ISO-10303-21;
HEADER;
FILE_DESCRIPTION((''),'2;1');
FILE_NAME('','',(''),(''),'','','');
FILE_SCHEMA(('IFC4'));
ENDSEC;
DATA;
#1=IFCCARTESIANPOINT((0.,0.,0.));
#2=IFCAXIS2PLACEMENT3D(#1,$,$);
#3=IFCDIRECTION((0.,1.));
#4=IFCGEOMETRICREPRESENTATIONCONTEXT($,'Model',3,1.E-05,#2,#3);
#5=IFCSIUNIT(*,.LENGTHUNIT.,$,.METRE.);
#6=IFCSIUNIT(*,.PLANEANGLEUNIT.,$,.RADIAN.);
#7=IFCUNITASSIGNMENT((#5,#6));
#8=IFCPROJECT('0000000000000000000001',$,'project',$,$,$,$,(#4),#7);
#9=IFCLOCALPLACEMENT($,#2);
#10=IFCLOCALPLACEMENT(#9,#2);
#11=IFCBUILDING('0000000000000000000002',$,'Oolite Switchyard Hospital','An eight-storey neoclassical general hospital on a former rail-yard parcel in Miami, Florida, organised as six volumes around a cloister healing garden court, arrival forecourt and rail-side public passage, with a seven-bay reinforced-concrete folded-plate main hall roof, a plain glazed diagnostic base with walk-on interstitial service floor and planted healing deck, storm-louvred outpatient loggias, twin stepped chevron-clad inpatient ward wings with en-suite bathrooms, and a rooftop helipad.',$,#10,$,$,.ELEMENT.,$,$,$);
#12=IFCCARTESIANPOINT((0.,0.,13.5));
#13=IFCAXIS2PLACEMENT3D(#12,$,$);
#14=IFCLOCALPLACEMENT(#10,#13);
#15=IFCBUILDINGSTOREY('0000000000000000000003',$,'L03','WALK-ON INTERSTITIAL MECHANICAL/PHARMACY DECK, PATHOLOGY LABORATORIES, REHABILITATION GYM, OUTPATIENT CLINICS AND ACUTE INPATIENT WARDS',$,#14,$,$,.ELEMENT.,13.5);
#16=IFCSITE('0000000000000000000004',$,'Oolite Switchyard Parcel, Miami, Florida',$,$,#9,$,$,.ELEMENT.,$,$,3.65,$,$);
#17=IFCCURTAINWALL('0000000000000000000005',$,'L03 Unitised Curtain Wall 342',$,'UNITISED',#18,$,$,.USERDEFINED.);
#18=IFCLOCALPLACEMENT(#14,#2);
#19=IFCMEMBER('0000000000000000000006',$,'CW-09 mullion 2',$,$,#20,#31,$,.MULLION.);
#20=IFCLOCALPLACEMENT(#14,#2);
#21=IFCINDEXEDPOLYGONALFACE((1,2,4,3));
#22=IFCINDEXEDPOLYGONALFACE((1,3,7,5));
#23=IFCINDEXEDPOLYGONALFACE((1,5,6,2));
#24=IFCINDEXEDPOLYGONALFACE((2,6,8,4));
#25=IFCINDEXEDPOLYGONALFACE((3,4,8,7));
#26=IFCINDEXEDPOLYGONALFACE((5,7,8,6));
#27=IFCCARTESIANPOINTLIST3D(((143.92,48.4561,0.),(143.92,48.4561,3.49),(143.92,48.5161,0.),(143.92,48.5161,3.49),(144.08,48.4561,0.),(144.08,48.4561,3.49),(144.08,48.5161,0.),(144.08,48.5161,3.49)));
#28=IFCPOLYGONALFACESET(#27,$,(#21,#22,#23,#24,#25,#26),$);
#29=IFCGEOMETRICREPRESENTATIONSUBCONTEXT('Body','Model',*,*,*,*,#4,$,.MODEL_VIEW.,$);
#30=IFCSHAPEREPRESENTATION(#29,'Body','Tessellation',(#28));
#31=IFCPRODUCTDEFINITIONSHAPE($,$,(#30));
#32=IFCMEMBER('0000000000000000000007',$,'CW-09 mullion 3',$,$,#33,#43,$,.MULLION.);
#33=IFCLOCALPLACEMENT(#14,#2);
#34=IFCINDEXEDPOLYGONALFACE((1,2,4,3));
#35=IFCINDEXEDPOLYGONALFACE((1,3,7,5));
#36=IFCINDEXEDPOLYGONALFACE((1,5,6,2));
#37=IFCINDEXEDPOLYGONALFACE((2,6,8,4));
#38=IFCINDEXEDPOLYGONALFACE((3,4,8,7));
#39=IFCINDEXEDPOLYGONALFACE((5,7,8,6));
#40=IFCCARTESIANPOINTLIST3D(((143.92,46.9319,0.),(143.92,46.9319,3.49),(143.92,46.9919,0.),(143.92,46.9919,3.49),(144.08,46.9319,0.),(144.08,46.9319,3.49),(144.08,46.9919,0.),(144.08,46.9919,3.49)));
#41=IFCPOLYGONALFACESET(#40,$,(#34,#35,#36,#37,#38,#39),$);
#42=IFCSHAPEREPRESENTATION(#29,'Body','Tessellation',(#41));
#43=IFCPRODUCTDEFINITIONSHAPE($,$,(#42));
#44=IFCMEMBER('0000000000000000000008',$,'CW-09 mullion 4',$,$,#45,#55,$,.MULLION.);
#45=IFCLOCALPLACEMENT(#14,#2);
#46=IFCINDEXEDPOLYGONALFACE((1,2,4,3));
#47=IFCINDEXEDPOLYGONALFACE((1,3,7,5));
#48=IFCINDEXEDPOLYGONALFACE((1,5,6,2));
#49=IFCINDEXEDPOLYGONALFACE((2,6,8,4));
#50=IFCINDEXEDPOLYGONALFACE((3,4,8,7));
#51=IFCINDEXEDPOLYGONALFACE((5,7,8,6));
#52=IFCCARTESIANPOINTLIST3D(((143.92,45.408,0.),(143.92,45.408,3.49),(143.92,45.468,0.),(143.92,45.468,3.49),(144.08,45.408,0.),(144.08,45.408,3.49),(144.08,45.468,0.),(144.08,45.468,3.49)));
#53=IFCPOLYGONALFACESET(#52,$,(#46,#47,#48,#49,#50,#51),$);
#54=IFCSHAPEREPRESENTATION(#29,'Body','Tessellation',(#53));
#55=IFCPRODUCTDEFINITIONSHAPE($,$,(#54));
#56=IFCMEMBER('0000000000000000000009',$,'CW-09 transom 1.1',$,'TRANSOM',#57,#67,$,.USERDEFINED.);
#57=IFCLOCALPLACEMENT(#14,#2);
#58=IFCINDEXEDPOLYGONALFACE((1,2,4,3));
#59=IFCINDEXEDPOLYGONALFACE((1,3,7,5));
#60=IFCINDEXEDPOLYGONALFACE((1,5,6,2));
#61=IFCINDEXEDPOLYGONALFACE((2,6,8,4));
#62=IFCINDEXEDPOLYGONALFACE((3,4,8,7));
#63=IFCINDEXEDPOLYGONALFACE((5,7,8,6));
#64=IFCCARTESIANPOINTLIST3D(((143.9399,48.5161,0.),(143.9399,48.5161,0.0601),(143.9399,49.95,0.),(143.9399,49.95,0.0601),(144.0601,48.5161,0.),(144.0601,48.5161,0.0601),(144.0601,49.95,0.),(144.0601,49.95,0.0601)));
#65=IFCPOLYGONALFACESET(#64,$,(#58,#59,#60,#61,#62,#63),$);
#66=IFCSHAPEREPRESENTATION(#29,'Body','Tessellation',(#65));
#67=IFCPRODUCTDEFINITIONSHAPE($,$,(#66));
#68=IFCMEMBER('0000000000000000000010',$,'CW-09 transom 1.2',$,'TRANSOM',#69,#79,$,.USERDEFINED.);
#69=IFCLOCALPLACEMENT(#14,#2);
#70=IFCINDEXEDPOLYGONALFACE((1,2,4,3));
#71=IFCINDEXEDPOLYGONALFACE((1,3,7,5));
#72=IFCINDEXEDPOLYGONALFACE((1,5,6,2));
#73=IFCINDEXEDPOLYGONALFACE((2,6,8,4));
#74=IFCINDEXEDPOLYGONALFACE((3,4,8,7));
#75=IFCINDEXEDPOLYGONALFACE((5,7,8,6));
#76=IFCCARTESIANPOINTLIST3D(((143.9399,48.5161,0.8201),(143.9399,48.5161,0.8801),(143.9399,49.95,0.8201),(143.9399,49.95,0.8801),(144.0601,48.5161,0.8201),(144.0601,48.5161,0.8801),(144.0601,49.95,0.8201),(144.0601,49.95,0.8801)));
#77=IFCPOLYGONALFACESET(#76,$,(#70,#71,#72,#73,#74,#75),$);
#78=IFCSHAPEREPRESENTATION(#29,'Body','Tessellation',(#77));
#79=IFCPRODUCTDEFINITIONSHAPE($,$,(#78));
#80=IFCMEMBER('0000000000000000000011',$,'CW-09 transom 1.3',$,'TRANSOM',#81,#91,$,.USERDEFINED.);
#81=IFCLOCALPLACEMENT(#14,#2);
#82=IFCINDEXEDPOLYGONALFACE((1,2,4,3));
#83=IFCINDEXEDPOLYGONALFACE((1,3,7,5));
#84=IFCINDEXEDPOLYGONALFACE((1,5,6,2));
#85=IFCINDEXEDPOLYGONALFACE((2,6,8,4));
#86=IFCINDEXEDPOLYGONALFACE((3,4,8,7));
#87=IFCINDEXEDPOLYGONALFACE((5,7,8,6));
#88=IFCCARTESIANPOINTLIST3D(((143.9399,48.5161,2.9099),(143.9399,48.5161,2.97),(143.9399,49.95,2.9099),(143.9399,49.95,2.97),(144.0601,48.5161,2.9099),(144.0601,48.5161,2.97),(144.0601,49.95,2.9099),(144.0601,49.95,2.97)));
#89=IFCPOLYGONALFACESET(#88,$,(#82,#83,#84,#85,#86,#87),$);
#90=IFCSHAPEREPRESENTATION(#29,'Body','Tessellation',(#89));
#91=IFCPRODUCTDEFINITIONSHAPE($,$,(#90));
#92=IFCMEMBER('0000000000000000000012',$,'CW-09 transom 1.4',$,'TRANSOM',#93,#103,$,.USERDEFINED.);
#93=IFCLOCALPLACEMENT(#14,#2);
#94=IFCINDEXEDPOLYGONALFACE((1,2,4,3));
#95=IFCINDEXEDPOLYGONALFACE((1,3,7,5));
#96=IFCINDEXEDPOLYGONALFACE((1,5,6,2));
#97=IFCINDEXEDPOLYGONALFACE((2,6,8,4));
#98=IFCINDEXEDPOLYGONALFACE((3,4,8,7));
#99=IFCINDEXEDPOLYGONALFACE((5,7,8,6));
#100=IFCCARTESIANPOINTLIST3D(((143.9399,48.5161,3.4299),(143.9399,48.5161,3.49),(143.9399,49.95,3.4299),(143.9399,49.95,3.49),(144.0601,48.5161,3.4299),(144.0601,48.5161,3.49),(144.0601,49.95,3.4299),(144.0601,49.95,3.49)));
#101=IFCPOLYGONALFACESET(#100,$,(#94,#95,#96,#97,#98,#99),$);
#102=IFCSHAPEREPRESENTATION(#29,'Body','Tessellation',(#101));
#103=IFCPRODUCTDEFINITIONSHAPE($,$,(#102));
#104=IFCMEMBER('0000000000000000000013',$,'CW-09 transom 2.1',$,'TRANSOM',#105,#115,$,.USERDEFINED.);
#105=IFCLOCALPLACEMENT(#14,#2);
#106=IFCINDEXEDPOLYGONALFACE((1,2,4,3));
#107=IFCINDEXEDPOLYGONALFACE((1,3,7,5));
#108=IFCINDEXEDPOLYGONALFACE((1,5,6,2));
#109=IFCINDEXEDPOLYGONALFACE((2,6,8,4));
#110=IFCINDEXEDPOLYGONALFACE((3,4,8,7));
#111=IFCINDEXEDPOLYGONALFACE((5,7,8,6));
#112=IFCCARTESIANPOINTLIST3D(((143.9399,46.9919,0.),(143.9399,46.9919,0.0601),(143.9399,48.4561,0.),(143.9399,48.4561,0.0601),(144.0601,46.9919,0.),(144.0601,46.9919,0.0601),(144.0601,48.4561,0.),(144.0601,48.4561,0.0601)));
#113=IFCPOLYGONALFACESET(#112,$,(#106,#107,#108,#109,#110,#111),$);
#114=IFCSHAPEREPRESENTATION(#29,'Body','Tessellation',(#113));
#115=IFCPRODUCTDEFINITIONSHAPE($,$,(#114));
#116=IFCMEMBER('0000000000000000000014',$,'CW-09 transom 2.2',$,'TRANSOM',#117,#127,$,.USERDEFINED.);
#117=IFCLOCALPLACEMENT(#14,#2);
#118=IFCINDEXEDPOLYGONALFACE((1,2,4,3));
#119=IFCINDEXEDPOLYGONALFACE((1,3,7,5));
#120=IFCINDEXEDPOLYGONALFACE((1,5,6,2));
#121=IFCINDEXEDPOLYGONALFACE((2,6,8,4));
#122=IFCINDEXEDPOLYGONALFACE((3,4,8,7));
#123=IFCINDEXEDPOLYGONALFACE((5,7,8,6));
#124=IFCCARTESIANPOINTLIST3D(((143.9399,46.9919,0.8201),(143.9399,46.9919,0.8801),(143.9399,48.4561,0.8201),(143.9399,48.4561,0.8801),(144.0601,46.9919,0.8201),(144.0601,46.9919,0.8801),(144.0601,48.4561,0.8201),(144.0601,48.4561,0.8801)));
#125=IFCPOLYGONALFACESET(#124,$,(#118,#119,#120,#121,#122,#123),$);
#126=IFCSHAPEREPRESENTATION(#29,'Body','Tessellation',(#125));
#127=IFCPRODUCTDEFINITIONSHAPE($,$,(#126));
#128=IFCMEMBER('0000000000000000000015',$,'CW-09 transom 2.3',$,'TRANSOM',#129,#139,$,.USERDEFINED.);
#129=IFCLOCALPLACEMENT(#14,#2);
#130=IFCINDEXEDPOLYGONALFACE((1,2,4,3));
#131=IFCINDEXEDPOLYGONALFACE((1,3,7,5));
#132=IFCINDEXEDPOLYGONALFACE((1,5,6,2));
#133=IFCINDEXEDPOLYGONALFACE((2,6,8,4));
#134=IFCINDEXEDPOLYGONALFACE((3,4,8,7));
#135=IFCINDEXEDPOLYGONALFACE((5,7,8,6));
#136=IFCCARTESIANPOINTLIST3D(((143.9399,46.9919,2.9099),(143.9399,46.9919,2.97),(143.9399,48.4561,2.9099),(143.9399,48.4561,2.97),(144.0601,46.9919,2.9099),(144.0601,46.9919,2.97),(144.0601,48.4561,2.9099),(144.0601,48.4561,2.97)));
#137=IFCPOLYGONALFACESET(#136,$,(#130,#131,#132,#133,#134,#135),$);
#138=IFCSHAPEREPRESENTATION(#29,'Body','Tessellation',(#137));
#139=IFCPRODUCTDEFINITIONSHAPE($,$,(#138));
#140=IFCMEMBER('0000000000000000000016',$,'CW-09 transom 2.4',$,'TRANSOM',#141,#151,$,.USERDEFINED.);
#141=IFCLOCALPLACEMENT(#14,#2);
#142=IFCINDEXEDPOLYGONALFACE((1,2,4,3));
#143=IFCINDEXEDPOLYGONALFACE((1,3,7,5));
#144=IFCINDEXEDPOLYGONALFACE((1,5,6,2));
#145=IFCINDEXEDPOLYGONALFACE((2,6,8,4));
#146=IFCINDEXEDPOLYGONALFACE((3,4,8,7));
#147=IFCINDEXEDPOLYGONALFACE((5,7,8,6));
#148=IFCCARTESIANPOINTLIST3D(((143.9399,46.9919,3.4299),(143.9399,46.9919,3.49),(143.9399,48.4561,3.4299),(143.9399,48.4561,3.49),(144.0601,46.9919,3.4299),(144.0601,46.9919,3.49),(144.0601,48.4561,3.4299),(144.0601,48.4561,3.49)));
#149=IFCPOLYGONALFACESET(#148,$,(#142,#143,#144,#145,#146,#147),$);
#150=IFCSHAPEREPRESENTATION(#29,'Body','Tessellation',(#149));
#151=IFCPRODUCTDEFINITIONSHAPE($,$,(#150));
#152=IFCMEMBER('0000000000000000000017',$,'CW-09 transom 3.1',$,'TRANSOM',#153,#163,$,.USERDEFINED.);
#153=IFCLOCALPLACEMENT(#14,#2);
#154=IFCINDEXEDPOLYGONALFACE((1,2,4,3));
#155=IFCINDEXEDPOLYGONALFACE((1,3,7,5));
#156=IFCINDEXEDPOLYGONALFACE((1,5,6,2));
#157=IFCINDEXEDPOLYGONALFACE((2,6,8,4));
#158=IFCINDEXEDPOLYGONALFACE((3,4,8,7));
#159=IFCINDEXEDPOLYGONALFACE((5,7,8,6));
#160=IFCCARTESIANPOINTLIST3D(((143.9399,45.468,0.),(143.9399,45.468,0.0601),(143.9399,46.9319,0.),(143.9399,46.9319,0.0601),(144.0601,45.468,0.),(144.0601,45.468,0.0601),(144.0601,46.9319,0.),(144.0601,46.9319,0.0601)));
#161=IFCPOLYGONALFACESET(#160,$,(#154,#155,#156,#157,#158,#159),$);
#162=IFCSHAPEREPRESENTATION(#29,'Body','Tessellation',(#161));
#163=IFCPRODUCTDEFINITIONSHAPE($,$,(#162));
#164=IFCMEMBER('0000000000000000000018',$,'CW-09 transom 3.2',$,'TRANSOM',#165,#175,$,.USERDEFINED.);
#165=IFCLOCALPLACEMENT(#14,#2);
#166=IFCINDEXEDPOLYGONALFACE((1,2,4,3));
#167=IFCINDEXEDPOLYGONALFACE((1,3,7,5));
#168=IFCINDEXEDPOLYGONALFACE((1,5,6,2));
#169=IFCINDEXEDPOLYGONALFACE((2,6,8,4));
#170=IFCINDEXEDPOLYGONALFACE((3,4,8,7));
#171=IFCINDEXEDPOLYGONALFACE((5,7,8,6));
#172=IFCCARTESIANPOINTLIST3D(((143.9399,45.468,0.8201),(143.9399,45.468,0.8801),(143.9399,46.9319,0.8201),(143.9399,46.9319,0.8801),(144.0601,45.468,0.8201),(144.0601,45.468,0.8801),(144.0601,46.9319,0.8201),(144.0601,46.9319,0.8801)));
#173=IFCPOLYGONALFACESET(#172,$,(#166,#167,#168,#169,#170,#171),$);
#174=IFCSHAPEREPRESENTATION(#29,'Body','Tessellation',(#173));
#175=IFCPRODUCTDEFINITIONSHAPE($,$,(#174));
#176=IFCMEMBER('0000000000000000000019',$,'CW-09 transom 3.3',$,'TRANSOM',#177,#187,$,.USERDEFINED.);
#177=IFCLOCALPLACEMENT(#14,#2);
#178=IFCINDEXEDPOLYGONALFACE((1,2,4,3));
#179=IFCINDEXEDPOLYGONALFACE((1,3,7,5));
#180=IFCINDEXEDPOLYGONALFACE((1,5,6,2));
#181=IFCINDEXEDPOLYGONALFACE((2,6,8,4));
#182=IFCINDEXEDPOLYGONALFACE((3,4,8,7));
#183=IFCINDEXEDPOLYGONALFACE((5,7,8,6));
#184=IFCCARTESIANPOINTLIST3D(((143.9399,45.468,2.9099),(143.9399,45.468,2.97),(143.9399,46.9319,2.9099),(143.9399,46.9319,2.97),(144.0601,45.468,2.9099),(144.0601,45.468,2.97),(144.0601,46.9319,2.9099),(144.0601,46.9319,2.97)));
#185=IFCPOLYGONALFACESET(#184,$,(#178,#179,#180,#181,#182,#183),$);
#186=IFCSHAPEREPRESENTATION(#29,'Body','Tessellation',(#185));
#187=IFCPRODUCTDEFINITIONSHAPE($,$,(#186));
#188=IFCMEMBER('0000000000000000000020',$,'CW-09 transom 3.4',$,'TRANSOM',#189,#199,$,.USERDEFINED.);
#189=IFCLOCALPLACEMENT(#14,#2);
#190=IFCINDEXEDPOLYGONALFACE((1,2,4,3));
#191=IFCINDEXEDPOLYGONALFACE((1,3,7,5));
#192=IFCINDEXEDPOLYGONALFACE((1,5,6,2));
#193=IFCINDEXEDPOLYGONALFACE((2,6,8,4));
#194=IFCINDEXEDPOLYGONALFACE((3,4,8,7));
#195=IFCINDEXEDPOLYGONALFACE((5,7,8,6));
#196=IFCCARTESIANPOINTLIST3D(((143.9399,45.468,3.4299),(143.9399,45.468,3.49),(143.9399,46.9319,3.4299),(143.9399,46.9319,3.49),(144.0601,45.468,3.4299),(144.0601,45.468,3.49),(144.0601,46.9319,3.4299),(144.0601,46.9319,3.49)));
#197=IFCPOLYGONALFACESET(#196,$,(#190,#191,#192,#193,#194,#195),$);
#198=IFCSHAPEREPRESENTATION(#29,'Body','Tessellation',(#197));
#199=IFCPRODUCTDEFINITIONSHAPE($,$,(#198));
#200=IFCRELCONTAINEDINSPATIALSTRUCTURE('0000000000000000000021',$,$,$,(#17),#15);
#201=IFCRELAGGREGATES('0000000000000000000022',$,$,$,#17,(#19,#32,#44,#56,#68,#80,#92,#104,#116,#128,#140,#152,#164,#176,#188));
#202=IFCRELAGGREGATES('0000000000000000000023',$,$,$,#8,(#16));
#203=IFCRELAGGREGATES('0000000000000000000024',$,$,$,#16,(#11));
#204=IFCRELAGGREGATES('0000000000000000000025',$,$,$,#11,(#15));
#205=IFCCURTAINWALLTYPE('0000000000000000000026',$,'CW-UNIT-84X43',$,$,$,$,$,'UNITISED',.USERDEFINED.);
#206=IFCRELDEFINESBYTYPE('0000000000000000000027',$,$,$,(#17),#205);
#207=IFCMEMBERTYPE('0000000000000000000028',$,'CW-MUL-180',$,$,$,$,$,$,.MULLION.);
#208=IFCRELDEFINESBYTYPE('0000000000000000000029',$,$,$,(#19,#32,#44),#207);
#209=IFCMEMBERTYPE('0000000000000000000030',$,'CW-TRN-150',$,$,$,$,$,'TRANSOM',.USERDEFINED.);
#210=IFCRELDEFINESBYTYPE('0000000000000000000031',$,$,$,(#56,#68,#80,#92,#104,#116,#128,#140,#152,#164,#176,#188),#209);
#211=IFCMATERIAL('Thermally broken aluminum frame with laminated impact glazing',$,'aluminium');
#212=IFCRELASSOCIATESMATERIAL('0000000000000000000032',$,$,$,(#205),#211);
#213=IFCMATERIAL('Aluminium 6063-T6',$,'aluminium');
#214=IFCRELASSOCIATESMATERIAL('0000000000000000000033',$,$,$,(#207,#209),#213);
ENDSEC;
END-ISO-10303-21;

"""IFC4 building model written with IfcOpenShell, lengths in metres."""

from ifc_helpers import new_model, si_unit, direction, frame, origin, origin_2d, place, context, subcontext, project, spatial, rectangle, extrude, material, material_profile, profile_set, type_object, element, aggregate, save


model = new_model("IFC4")

# Units and contexts
model_context = context("Model", 3, precision=1e-05, world=origin(), true_north=direction((0.0, 1.0)))
body_context = subcontext(model_context, "Body", "Model", "MODEL_VIEW")
ifc_project = project(units=[si_unit("LENGTHUNIT", "METRE"), si_unit("PLANEANGLEUNIT", "RADIAN")], contexts=[model_context])

# Site, building, storey
site_placement = place(None, origin())
site = spatial("IfcSite", under=ifc_project, at=site_placement, Name="Oolite Switchyard Parcel, Miami, Florida", CompositionType="ELEMENT", RefElevation=3.65)
building_placement = place(site_placement, origin())
building = spatial("IfcBuilding", under=site, at=building_placement, Name="Oolite Switchyard Hospital", Description="An eight-storey neoclassical general hospital on a former rail-yard parcel in Miami, Florida, organised as six volumes around a cloister healing garden court, arrival forecourt and rail-side public passage, with a seven-bay reinforced-concrete folded-plate main hall roof, a plain glazed diagnostic base with walk-on interstitial service floor and planted healing deck, storm-louvred outpatient loggias, twin stepped chevron-clad inpatient ward wings with en-suite bathrooms, and a rooftop helipad.", CompositionType="ELEMENT")
storey_placement = place(building_placement, frame((0.0, 0.0, 13.5)))
storey = spatial("IfcBuildingStorey", under=building, at=storey_placement, Name="L03", Description="WALK-ON INTERSTITIAL MECHANICAL/PHARMACY DECK, PATHOLOGY LABORATORIES, REHABILITATION GYM, OUTPATIENT CLINICS AND ACUTE INPATIENT WARDS", CompositionType="ELEMENT", Elevation=13.5)

# Curtain wall, members
ifc_material_1 = material(Name="Thermally broken aluminum frame with laminated impact glazing", Category="aluminium")
curtain_wall_type = type_object("IfcCurtainWallType", Name="CW-UNIT-84X43", ElementType="UNITISED", PredefinedType="USERDEFINED", material=ifc_material_1)
curtain_wall_placement = place(storey_placement, origin())
curtain_wall = element("IfcCurtainWall", 1, at=curtain_wall_placement, inside=storey, type_object=curtain_wall_type, Name="L03 Unitised Curtain Wall 342", ObjectType="UNITISED", PredefinedType="USERDEFINED")
ifc_material_2 = material(Name="Aluminium 6063-T6", Category="aluminium")
ifc_material_profile_1 = material_profile(ifc_material_2, rectangle(XDim=0.1599, YDim=0.0601, at=origin_2d()), Name="CWM60X160")
ifc_profile_set_1 = profile_set([ifc_material_profile_1], Name="Aluminium 6063-T6")
member_type_1 = type_object("IfcMemberType", Name="CW-MUL-180", PredefinedType="MULLION", material=ifc_profile_set_1)
member_1_placement = place(storey_placement, frame((144.0, 48.4861, 0.0), z_axis=(0.0, 0.0, 1.0), x_axis=(1.0, 0.0, 0.0)))
member_1 = element("IfcMember", 2, at=member_1_placement, type_object=member_type_1, Name="CW-09 mullion 2", PredefinedType="MULLION", context=body_context, shape_type="SweptSolid", body=[
    extrude(rectangle(XDim=0.1599, YDim=0.0601, at=origin_2d()), origin(), (0.0, 0.0, 1.0), 3.49),
])
member_2_placement = place(storey_placement, frame((144.0, 46.9619, 0.0), z_axis=(0.0, 0.0, 1.0), x_axis=(1.0, 0.0, 0.0)))
member_2 = element("IfcMember", 3, at=member_2_placement, type_object=member_type_1, Name="CW-09 mullion 3", PredefinedType="MULLION", context=body_context, shape_type="SweptSolid", body=[
    extrude(rectangle(XDim=0.1599, YDim=0.0601, at=origin_2d()), origin(), (0.0, 0.0, 1.0), 3.49),
])
member_3_placement = place(storey_placement, frame((144.0, 45.438, 0.0), z_axis=(0.0, 0.0, 1.0), x_axis=(1.0, 0.0, 0.0)))
member_3 = element("IfcMember", 4, at=member_3_placement, type_object=member_type_1, Name="CW-09 mullion 4", PredefinedType="MULLION", context=body_context, shape_type="SweptSolid", body=[
    extrude(rectangle(XDim=0.1599, YDim=0.0601, at=origin_2d()), origin(), (0.0, 0.0, 1.0), 3.49),
])
ifc_material_profile_2 = material_profile(ifc_material_2, rectangle(XDim=0.1201, YDim=0.0601, at=origin_2d()), Name="CWT60X120")
ifc_profile_set_2 = profile_set([ifc_material_profile_2], Name="Aluminium 6063-T6")
member_type_2 = type_object("IfcMemberType", Name="CW-TRN-150", ElementType="TRANSOM", PredefinedType="USERDEFINED", material=ifc_profile_set_2)
member_4_placement = place(storey_placement, frame((144.0, 49.95, 0.03), z_axis=(0.0, -1.0, 0.0), x_axis=(1.0, 0.0, 0.0)))
member_4 = element("IfcMember", 5, at=member_4_placement, type_object=member_type_2, Name="CW-09 transom 1.1", ObjectType="TRANSOM", PredefinedType="USERDEFINED", context=body_context, shape_type="SweptSolid", body=[
    extrude(rectangle(XDim=0.1201, YDim=0.0601, at=origin_2d()), origin(), (0.0, 0.0, 1.0), 1.4338),
])
member_5_placement = place(storey_placement, frame((144.0, 49.95, 0.8501), z_axis=(0.0, -1.0, 0.0), x_axis=(1.0, 0.0, 0.0)))
member_5 = element("IfcMember", 6, at=member_5_placement, type_object=member_type_2, Name="CW-09 transom 1.2", ObjectType="TRANSOM", PredefinedType="USERDEFINED", context=body_context, shape_type="SweptSolid", body=[
    extrude(rectangle(XDim=0.1201, YDim=0.0601, at=origin_2d()), origin(), (0.0, 0.0, 1.0), 1.4338),
])
member_6_placement = place(storey_placement, frame((144.0, 49.95, 2.9399), z_axis=(0.0, -1.0, 0.0), x_axis=(1.0, 0.0, 0.0)))
member_6 = element("IfcMember", 7, at=member_6_placement, type_object=member_type_2, Name="CW-09 transom 1.3", ObjectType="TRANSOM", PredefinedType="USERDEFINED", context=body_context, shape_type="SweptSolid", body=[
    extrude(rectangle(XDim=0.1201, YDim=0.0601, at=origin_2d()), origin(), (0.0, 0.0, 1.0), 1.4338),
])
member_7_placement = place(storey_placement, frame((144.0, 49.95, 3.46), z_axis=(0.0, -1.0, 0.0), x_axis=(1.0, 0.0, 0.0)))
member_7 = element("IfcMember", 8, at=member_7_placement, type_object=member_type_2, Name="CW-09 transom 1.4", ObjectType="TRANSOM", PredefinedType="USERDEFINED", context=body_context, shape_type="SweptSolid", body=[
    extrude(rectangle(XDim=0.1201, YDim=0.0601, at=origin_2d()), origin(), (0.0, 0.0, 1.0), 1.4338),
])
member_8_placement = place(storey_placement, frame((144.0, 48.4561, 0.03), z_axis=(0.0, -1.0, 0.0), x_axis=(1.0, 0.0, 0.0)))
member_8 = element("IfcMember", 9, at=member_8_placement, type_object=member_type_2, Name="CW-09 transom 2.1", ObjectType="TRANSOM", PredefinedType="USERDEFINED", context=body_context, shape_type="SweptSolid", body=[
    extrude(rectangle(XDim=0.1201, YDim=0.0601, at=origin_2d()), origin(), (0.0, 0.0, 1.0), 1.4641),
])
member_9_placement = place(storey_placement, frame((144.0, 48.4561, 0.8501), z_axis=(0.0, -1.0, 0.0), x_axis=(1.0, 0.0, 0.0)))
member_9 = element("IfcMember", 10, at=member_9_placement, type_object=member_type_2, Name="CW-09 transom 2.2", ObjectType="TRANSOM", PredefinedType="USERDEFINED", context=body_context, shape_type="SweptSolid", body=[
    extrude(rectangle(XDim=0.1201, YDim=0.0601, at=origin_2d()), origin(), (0.0, 0.0, 1.0), 1.4641),
])
member_10_placement = place(storey_placement, frame((144.0, 48.4561, 2.9399), z_axis=(0.0, -1.0, 0.0), x_axis=(1.0, 0.0, 0.0)))
member_10 = element("IfcMember", 11, at=member_10_placement, type_object=member_type_2, Name="CW-09 transom 2.3", ObjectType="TRANSOM", PredefinedType="USERDEFINED", context=body_context, shape_type="SweptSolid", body=[
    extrude(rectangle(XDim=0.1201, YDim=0.0601, at=origin_2d()), origin(), (0.0, 0.0, 1.0), 1.4641),
])
member_11_placement = place(storey_placement, frame((144.0, 48.4561, 3.46), z_axis=(0.0, -1.0, 0.0), x_axis=(1.0, 0.0, 0.0)))
member_11 = element("IfcMember", 12, at=member_11_placement, type_object=member_type_2, Name="CW-09 transom 2.4", ObjectType="TRANSOM", PredefinedType="USERDEFINED", context=body_context, shape_type="SweptSolid", body=[
    extrude(rectangle(XDim=0.1201, YDim=0.0601, at=origin_2d()), origin(), (0.0, 0.0, 1.0), 1.4641),
])
member_12_placement = place(storey_placement, frame((144.0, 46.9319, 0.03), z_axis=(0.0, -1.0, 0.0), x_axis=(1.0, 0.0, 0.0)))
member_12 = element("IfcMember", 13, at=member_12_placement, type_object=member_type_2, Name="CW-09 transom 3.1", ObjectType="TRANSOM", PredefinedType="USERDEFINED", context=body_context, shape_type="SweptSolid", body=[
    extrude(rectangle(XDim=0.1201, YDim=0.0601, at=origin_2d()), origin(), (0.0, 0.0, 1.0), 1.4639),
])
member_13_placement = place(storey_placement, frame((144.0, 46.9319, 0.8501), z_axis=(0.0, -1.0, 0.0), x_axis=(1.0, 0.0, 0.0)))
member_13 = element("IfcMember", 14, at=member_13_placement, type_object=member_type_2, Name="CW-09 transom 3.2", ObjectType="TRANSOM", PredefinedType="USERDEFINED", context=body_context, shape_type="SweptSolid", body=[
    extrude(rectangle(XDim=0.1201, YDim=0.0601, at=origin_2d()), origin(), (0.0, 0.0, 1.0), 1.4639),
])
member_14_placement = place(storey_placement, frame((144.0, 46.9319, 2.9399), z_axis=(0.0, -1.0, 0.0), x_axis=(1.0, 0.0, 0.0)))
member_14 = element("IfcMember", 15, at=member_14_placement, type_object=member_type_2, Name="CW-09 transom 3.3", ObjectType="TRANSOM", PredefinedType="USERDEFINED", context=body_context, shape_type="SweptSolid", body=[
    extrude(rectangle(XDim=0.1201, YDim=0.0601, at=origin_2d()), origin(), (0.0, 0.0, 1.0), 1.4639),
])
member_15_placement = place(storey_placement, frame((144.0, 46.9319, 3.46), z_axis=(0.0, -1.0, 0.0), x_axis=(1.0, 0.0, 0.0)))
member_15 = element("IfcMember", 16, at=member_15_placement, type_object=member_type_2, Name="CW-09 transom 3.4", ObjectType="TRANSOM", PredefinedType="USERDEFINED", context=body_context, shape_type="SweptSolid", body=[
    extrude(rectangle(XDim=0.1201, YDim=0.0601, at=origin_2d()), origin(), (0.0, 0.0, 1.0), 1.4639),
])
aggregate(curtain_wall, [member_1, member_2, member_3, member_4, member_5, member_6, member_7, member_8, member_9, member_10, member_11, member_12, member_13, member_14, member_15])

save(model, "model.ifc")
